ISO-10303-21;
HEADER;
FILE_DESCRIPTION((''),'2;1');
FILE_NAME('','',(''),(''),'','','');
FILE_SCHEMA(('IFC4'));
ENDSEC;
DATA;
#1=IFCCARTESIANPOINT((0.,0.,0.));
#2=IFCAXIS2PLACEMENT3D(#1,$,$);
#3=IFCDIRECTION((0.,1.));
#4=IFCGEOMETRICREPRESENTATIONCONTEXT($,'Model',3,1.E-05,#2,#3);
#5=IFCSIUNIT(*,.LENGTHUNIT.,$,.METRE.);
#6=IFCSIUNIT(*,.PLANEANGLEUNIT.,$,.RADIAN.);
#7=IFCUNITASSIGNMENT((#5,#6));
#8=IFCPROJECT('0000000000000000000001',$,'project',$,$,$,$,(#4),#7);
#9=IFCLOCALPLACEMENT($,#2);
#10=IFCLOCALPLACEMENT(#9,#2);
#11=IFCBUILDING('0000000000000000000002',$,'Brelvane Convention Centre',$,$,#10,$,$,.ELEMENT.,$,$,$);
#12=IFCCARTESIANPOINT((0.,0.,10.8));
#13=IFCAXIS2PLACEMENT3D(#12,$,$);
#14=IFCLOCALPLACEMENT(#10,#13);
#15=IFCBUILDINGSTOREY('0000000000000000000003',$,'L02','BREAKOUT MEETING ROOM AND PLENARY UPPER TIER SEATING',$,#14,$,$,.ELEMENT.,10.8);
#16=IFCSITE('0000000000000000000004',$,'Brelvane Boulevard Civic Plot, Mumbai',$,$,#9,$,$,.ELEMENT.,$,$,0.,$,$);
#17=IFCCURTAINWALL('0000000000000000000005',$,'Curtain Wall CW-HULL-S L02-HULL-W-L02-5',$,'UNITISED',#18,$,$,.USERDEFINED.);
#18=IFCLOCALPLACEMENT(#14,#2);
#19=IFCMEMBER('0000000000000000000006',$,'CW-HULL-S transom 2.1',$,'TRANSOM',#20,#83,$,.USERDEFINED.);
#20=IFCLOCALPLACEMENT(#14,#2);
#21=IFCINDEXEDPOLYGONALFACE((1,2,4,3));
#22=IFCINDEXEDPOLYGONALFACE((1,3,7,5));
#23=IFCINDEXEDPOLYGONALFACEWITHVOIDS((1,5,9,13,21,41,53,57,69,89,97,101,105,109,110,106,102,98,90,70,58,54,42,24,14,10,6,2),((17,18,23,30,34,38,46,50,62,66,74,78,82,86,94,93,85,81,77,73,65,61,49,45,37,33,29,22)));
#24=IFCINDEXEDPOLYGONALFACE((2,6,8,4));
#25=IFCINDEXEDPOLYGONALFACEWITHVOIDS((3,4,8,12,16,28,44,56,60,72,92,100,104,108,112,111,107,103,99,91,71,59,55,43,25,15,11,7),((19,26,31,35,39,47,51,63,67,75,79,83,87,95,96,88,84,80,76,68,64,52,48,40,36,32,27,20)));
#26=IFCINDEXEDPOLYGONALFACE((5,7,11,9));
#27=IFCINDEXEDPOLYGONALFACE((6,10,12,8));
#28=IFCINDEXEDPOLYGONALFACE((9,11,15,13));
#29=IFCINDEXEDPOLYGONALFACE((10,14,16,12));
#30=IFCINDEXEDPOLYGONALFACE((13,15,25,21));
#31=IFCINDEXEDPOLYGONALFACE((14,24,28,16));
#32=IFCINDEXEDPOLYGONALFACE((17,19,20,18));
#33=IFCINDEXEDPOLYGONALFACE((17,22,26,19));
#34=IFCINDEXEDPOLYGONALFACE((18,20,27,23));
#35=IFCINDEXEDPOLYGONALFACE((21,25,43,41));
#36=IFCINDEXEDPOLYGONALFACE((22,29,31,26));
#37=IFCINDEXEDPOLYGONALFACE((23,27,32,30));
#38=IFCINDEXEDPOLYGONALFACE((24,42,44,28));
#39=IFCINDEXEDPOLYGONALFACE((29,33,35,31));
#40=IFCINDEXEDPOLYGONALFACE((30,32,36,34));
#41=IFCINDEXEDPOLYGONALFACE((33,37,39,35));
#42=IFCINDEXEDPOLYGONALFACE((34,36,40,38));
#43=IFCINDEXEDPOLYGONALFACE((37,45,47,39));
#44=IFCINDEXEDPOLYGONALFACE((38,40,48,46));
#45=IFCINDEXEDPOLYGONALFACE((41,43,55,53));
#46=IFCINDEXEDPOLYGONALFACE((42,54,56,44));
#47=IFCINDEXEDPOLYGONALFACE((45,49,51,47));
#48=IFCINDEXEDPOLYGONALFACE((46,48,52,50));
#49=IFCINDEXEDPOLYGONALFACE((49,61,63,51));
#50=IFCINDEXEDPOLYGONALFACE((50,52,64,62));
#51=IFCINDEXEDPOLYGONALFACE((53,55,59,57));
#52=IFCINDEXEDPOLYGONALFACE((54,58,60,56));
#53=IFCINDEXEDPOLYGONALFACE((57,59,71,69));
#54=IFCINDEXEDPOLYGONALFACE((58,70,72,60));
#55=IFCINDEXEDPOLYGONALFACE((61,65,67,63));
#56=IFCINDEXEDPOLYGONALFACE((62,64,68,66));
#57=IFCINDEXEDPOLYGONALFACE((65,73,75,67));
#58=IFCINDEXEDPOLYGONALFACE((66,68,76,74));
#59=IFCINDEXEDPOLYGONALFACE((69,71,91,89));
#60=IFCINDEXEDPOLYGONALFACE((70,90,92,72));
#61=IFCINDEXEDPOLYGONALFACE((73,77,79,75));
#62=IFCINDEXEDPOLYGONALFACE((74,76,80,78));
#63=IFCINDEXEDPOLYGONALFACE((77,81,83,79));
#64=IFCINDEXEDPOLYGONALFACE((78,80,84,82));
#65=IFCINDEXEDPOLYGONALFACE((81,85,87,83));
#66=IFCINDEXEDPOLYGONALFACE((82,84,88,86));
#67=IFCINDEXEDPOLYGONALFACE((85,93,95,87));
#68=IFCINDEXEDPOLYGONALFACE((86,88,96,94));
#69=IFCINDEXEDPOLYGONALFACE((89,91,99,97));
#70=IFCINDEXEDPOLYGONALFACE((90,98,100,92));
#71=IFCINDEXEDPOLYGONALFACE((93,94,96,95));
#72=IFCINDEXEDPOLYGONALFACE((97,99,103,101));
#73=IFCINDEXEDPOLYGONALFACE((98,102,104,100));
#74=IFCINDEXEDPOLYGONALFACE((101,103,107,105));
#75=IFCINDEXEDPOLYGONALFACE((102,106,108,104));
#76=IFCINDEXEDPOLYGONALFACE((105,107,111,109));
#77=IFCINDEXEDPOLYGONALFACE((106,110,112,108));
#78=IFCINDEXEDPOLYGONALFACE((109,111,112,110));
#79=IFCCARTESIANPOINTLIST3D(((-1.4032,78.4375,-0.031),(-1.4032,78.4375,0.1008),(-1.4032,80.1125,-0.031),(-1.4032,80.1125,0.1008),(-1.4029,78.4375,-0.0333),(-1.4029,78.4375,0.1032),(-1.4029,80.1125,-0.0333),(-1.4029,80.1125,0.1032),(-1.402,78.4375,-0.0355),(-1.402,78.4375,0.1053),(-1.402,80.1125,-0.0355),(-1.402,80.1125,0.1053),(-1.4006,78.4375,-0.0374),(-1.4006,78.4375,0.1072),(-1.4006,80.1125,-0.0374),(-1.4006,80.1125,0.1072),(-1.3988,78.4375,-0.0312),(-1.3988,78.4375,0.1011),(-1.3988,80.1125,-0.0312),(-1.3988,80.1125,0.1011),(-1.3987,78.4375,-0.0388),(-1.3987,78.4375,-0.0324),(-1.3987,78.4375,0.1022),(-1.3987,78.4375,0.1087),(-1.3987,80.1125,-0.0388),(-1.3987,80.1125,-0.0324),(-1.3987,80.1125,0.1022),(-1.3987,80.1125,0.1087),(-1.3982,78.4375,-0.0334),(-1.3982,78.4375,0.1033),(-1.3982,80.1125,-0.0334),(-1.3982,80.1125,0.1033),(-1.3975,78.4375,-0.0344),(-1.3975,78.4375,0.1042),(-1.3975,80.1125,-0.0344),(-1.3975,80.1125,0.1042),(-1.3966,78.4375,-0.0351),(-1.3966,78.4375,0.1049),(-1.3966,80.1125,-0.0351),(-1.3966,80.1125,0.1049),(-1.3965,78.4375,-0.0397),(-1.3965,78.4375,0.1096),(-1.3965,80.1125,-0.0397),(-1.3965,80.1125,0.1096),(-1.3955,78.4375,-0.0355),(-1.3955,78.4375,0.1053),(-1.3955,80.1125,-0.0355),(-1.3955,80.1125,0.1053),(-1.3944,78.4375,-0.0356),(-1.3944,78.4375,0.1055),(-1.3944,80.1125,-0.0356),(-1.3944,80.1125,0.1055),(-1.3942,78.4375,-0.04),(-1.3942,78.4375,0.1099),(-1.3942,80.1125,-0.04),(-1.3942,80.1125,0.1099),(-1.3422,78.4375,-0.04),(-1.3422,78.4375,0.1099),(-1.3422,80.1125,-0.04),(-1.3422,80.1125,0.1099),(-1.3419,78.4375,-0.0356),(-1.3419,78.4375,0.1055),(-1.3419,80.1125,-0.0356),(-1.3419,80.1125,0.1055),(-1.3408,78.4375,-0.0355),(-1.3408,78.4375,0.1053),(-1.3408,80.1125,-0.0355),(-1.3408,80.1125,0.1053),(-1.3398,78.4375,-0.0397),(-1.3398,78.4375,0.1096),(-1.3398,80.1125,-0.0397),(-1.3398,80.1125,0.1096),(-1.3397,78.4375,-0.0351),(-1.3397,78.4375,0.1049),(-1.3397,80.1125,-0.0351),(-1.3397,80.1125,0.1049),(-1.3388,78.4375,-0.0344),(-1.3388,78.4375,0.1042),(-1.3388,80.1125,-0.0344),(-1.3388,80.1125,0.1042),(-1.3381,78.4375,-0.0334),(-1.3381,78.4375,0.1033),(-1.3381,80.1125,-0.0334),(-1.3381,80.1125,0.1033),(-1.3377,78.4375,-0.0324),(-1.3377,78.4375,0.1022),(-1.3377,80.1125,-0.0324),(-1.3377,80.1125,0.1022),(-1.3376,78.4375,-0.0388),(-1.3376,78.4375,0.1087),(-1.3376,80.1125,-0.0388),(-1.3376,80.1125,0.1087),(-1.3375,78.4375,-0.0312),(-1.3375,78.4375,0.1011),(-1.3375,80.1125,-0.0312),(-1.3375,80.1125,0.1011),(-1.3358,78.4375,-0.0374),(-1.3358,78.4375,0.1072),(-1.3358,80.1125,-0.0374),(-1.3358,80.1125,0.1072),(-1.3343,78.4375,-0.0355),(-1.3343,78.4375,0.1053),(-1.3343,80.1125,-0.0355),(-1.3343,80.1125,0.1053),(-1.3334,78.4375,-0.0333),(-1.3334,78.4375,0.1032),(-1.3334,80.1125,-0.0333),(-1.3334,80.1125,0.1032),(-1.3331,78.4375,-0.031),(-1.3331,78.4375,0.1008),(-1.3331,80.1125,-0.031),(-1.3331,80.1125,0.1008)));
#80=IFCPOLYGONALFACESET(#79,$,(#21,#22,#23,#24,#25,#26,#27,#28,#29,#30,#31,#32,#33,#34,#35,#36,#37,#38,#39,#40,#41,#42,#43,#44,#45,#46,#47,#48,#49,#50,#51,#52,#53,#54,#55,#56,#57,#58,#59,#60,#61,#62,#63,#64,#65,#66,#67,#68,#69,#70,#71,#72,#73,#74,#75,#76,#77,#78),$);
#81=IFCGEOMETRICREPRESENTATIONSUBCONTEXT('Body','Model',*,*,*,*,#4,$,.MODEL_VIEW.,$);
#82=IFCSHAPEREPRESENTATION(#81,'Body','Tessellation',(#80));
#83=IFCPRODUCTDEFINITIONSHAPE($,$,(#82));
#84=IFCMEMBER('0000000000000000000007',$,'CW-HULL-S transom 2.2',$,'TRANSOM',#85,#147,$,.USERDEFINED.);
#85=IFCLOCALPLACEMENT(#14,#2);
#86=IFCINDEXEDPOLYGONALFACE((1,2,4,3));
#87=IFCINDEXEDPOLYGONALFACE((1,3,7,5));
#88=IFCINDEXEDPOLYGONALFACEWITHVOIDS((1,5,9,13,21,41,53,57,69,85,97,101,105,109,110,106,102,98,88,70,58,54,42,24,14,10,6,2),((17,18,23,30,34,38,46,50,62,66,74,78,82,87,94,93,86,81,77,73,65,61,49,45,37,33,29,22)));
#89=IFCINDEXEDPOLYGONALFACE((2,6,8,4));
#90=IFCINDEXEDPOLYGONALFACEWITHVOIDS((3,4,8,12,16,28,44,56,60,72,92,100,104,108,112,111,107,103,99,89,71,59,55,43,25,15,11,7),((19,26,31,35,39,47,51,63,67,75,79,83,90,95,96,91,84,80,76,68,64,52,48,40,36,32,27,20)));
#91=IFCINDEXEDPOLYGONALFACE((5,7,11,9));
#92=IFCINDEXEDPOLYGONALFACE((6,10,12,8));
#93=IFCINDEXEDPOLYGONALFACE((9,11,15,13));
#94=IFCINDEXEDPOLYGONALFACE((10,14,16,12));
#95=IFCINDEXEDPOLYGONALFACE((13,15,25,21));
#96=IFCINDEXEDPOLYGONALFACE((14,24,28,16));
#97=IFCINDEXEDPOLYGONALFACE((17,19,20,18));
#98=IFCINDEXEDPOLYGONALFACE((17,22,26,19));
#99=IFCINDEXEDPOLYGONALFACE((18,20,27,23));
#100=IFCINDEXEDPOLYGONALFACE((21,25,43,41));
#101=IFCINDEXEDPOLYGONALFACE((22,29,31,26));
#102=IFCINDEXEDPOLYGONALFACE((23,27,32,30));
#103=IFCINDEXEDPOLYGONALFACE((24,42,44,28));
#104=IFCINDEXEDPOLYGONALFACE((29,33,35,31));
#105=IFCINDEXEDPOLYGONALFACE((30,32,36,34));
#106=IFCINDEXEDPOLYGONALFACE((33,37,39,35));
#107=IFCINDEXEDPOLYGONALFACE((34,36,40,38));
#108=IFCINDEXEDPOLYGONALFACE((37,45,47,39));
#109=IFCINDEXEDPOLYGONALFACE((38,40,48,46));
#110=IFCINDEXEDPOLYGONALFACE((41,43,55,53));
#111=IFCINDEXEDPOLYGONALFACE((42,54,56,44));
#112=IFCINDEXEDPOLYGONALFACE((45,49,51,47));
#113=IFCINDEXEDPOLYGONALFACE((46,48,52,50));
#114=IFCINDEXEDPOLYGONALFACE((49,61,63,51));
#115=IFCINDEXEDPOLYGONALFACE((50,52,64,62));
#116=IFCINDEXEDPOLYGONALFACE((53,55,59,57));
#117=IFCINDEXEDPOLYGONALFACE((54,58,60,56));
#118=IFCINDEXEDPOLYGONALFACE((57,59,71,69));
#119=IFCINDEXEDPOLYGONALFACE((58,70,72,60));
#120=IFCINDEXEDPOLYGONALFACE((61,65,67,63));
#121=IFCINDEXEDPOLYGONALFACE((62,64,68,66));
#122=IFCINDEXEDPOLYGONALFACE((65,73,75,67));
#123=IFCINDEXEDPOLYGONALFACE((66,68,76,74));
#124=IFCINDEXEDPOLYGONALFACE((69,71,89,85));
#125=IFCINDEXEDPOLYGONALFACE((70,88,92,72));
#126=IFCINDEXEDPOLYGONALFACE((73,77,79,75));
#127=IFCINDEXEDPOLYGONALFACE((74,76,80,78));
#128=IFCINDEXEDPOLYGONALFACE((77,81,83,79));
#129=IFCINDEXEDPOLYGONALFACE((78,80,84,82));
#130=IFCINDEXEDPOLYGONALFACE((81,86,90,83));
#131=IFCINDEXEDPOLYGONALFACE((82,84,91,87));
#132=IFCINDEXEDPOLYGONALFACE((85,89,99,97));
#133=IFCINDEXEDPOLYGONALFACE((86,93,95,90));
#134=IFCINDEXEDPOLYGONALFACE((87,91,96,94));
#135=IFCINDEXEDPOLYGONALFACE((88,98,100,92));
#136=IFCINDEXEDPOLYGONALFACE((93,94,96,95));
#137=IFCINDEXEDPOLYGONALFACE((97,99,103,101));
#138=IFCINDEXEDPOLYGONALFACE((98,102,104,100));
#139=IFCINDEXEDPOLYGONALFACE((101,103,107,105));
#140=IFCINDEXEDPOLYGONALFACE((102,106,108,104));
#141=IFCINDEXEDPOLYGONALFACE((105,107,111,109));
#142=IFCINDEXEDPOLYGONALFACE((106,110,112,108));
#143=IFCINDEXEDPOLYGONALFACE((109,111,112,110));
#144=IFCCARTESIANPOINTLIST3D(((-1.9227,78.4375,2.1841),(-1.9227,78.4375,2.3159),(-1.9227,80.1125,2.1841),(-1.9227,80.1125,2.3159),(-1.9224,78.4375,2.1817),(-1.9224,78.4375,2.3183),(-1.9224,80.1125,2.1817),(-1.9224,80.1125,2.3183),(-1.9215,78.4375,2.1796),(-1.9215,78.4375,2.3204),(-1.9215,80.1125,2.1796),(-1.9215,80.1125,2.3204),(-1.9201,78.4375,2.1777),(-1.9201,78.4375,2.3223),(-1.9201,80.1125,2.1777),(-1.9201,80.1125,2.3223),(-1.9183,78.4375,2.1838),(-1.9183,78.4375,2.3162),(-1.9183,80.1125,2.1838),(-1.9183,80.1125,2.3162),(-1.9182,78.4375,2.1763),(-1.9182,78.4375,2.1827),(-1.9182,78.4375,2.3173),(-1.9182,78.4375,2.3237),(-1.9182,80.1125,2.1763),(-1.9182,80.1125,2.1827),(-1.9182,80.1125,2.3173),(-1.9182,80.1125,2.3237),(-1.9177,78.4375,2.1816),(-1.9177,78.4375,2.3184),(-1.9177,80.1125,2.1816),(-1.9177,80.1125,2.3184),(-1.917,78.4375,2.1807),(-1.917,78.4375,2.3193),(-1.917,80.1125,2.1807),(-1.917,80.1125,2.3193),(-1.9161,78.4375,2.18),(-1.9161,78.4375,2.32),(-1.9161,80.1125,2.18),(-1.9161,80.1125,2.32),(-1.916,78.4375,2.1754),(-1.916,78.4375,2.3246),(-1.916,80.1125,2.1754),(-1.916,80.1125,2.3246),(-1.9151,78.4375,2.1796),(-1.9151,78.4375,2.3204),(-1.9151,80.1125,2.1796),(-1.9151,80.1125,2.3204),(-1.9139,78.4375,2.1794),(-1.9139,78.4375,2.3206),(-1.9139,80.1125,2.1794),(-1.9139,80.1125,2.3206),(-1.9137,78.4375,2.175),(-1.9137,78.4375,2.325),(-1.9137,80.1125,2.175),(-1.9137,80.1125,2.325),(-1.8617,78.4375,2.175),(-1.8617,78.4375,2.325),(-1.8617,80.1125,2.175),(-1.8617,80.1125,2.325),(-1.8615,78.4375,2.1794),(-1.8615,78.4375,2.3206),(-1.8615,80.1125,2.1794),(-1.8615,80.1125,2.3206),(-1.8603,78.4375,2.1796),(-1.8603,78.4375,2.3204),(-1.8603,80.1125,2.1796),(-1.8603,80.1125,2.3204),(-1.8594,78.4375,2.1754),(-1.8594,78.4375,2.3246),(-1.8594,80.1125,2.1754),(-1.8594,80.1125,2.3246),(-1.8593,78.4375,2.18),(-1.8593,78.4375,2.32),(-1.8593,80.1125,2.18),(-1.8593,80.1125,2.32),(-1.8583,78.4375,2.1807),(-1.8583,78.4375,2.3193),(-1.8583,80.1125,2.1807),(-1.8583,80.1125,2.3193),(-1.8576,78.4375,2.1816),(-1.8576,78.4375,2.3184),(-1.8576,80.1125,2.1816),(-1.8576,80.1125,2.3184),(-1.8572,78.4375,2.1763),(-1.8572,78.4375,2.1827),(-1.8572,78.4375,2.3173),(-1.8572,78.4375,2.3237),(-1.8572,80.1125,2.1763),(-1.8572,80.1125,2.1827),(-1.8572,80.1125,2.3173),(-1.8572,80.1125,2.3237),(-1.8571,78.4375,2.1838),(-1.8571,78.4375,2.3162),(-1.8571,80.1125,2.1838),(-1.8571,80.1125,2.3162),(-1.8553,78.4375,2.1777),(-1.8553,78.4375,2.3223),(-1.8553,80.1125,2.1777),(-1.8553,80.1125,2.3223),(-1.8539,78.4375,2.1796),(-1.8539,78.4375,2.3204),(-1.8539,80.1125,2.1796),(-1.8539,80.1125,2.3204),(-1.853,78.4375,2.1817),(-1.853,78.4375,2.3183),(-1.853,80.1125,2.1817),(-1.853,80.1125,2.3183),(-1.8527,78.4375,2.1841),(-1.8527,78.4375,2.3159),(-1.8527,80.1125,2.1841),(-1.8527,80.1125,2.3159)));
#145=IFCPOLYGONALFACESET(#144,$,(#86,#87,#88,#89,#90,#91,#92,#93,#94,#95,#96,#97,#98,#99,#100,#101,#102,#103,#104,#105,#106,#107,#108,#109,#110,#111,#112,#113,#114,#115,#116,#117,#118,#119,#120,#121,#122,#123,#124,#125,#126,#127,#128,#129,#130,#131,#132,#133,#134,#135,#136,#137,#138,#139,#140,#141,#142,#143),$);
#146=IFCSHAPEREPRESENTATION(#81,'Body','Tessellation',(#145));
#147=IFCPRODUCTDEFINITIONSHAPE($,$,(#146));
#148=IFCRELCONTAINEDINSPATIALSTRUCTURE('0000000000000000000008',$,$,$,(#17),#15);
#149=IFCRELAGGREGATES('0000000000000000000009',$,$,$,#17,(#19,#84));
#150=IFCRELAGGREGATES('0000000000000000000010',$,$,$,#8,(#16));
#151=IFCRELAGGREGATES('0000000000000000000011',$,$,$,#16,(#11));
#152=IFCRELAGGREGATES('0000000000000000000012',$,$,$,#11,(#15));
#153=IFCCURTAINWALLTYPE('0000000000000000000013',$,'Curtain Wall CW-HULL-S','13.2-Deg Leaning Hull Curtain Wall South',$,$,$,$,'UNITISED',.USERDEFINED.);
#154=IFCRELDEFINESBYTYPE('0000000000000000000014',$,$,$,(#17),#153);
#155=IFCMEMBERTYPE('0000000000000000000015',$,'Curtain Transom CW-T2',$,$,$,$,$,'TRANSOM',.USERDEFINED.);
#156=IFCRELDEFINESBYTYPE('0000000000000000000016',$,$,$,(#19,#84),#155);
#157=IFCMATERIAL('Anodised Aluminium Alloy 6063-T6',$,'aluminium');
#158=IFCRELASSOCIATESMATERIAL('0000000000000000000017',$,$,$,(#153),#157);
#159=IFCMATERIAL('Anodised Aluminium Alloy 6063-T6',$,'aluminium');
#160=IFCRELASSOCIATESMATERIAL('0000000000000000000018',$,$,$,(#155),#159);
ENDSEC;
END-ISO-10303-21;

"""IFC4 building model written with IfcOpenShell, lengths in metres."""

from ifc_helpers import new_model, si_unit, direction, frame, origin, origin_2d, place, context, subcontext, project, spatial, hollow_rectangle, extrude, material, material_profile, profile_set, type_object, element, aggregate, save


model = new_model("IFC4")

# Units and contexts
model_context = context("Model", 3, precision=1e-05, world=origin(), true_north=direction((0.0, 1.0)))
body_context = subcontext(model_context, "Body", "Model", "MODEL_VIEW")
ifc_project = project(units=[si_unit("LENGTHUNIT", "METRE"), si_unit("PLANEANGLEUNIT", "RADIAN")], contexts=[model_context])

# Site, building, storey
site_placement = place(None, origin())
site = spatial("IfcSite", under=ifc_project, at=site_placement, Name="Brelvane Boulevard Civic Plot, Mumbai", CompositionType="ELEMENT", RefElevation=0.0)
building_placement = place(site_placement, origin())
building = spatial("IfcBuilding", under=site, at=building_placement, Name="Brelvane Convention Centre", CompositionType="ELEMENT")
storey_placement = place(building_placement, frame((0.0, 0.0, 10.8)))
storey = spatial("IfcBuildingStorey", under=building, at=storey_placement, Name="L02", Description="BREAKOUT MEETING ROOM AND PLENARY UPPER TIER SEATING", CompositionType="ELEMENT", Elevation=10.8)

# Curtain wall, members
ifc_material_1 = material(Name="Anodised Aluminium Alloy 6063-T6", Category="aluminium")
curtain_wall_type = type_object("IfcCurtainWallType", Name="Curtain Wall CW-HULL-S", Description="13.2-Deg Leaning Hull Curtain Wall South", ElementType="UNITISED", PredefinedType="USERDEFINED", material=ifc_material_1)
curtain_wall_placement = place(storey_placement, origin())
curtain_wall = element("IfcCurtainWall", 1, at=curtain_wall_placement, inside=storey, type_object=curtain_wall_type, Name="Curtain Wall CW-HULL-S L02-HULL-W-L02-5", ObjectType="UNITISED", PredefinedType="USERDEFINED")
ifc_material_2 = material(Name="Anodised Aluminium Alloy 6063-T6", Category="aluminium")
ifc_material_profile_1 = material_profile(ifc_material_2, hollow_rectangle(XDim=0.0701, YDim=0.1499, WallThickness=0.0044, InnerFilletRadius=0.0044, OuterFilletRadius=0.009, at=origin_2d()), Name="ALU-T 150x70x4.5")
ifc_profile_set_1 = profile_set([ifc_material_profile_1], Name="Anodised Aluminium Alloy 6063-T6")
member_type_1 = type_object("IfcMemberType", Name="Curtain Transom CW-T2", ElementType="TRANSOM", PredefinedType="USERDEFINED", material=ifc_profile_set_1)
member_1_placement = place(storey_placement, frame((-1.3682, 78.4375, 0.0349), z_axis=(0.0, 1.0, 0.0), x_axis=(-1.0, 0.0, 0.0)))
member_1 = element("IfcMember", 2, at=member_1_placement, type_object=member_type_1, Name="CW-HULL-S transom 2.1", ObjectType="TRANSOM", PredefinedType="USERDEFINED", context=body_context, shape_type="SweptSolid", body=[
    extrude(hollow_rectangle(XDim=0.0701, YDim=0.1499, WallThickness=0.0044, InnerFilletRadius=0.0044, OuterFilletRadius=0.009, at=origin_2d()), origin(), (0.0, 0.0, 1.0), 1.675),
])
member_2_placement = place(storey_placement, frame((-1.8877, 78.4375, 2.25), z_axis=(0.0, 1.0, 0.0), x_axis=(-1.0, 0.0, 0.0)))
member_2 = element("IfcMember", 3, at=member_2_placement, type_object=member_type_1, Name="CW-HULL-S transom 2.2", ObjectType="TRANSOM", PredefinedType="USERDEFINED", context=body_context, shape_type="SweptSolid", body=[
    extrude(hollow_rectangle(XDim=0.0701, YDim=0.1499, WallThickness=0.0044, InnerFilletRadius=0.0044, OuterFilletRadius=0.009, at=origin_2d()), origin(), (0.0, 0.0, 1.0), 1.675),
])
aggregate(curtain_wall, [member_1, member_2])

save(model, "model.ifc")
